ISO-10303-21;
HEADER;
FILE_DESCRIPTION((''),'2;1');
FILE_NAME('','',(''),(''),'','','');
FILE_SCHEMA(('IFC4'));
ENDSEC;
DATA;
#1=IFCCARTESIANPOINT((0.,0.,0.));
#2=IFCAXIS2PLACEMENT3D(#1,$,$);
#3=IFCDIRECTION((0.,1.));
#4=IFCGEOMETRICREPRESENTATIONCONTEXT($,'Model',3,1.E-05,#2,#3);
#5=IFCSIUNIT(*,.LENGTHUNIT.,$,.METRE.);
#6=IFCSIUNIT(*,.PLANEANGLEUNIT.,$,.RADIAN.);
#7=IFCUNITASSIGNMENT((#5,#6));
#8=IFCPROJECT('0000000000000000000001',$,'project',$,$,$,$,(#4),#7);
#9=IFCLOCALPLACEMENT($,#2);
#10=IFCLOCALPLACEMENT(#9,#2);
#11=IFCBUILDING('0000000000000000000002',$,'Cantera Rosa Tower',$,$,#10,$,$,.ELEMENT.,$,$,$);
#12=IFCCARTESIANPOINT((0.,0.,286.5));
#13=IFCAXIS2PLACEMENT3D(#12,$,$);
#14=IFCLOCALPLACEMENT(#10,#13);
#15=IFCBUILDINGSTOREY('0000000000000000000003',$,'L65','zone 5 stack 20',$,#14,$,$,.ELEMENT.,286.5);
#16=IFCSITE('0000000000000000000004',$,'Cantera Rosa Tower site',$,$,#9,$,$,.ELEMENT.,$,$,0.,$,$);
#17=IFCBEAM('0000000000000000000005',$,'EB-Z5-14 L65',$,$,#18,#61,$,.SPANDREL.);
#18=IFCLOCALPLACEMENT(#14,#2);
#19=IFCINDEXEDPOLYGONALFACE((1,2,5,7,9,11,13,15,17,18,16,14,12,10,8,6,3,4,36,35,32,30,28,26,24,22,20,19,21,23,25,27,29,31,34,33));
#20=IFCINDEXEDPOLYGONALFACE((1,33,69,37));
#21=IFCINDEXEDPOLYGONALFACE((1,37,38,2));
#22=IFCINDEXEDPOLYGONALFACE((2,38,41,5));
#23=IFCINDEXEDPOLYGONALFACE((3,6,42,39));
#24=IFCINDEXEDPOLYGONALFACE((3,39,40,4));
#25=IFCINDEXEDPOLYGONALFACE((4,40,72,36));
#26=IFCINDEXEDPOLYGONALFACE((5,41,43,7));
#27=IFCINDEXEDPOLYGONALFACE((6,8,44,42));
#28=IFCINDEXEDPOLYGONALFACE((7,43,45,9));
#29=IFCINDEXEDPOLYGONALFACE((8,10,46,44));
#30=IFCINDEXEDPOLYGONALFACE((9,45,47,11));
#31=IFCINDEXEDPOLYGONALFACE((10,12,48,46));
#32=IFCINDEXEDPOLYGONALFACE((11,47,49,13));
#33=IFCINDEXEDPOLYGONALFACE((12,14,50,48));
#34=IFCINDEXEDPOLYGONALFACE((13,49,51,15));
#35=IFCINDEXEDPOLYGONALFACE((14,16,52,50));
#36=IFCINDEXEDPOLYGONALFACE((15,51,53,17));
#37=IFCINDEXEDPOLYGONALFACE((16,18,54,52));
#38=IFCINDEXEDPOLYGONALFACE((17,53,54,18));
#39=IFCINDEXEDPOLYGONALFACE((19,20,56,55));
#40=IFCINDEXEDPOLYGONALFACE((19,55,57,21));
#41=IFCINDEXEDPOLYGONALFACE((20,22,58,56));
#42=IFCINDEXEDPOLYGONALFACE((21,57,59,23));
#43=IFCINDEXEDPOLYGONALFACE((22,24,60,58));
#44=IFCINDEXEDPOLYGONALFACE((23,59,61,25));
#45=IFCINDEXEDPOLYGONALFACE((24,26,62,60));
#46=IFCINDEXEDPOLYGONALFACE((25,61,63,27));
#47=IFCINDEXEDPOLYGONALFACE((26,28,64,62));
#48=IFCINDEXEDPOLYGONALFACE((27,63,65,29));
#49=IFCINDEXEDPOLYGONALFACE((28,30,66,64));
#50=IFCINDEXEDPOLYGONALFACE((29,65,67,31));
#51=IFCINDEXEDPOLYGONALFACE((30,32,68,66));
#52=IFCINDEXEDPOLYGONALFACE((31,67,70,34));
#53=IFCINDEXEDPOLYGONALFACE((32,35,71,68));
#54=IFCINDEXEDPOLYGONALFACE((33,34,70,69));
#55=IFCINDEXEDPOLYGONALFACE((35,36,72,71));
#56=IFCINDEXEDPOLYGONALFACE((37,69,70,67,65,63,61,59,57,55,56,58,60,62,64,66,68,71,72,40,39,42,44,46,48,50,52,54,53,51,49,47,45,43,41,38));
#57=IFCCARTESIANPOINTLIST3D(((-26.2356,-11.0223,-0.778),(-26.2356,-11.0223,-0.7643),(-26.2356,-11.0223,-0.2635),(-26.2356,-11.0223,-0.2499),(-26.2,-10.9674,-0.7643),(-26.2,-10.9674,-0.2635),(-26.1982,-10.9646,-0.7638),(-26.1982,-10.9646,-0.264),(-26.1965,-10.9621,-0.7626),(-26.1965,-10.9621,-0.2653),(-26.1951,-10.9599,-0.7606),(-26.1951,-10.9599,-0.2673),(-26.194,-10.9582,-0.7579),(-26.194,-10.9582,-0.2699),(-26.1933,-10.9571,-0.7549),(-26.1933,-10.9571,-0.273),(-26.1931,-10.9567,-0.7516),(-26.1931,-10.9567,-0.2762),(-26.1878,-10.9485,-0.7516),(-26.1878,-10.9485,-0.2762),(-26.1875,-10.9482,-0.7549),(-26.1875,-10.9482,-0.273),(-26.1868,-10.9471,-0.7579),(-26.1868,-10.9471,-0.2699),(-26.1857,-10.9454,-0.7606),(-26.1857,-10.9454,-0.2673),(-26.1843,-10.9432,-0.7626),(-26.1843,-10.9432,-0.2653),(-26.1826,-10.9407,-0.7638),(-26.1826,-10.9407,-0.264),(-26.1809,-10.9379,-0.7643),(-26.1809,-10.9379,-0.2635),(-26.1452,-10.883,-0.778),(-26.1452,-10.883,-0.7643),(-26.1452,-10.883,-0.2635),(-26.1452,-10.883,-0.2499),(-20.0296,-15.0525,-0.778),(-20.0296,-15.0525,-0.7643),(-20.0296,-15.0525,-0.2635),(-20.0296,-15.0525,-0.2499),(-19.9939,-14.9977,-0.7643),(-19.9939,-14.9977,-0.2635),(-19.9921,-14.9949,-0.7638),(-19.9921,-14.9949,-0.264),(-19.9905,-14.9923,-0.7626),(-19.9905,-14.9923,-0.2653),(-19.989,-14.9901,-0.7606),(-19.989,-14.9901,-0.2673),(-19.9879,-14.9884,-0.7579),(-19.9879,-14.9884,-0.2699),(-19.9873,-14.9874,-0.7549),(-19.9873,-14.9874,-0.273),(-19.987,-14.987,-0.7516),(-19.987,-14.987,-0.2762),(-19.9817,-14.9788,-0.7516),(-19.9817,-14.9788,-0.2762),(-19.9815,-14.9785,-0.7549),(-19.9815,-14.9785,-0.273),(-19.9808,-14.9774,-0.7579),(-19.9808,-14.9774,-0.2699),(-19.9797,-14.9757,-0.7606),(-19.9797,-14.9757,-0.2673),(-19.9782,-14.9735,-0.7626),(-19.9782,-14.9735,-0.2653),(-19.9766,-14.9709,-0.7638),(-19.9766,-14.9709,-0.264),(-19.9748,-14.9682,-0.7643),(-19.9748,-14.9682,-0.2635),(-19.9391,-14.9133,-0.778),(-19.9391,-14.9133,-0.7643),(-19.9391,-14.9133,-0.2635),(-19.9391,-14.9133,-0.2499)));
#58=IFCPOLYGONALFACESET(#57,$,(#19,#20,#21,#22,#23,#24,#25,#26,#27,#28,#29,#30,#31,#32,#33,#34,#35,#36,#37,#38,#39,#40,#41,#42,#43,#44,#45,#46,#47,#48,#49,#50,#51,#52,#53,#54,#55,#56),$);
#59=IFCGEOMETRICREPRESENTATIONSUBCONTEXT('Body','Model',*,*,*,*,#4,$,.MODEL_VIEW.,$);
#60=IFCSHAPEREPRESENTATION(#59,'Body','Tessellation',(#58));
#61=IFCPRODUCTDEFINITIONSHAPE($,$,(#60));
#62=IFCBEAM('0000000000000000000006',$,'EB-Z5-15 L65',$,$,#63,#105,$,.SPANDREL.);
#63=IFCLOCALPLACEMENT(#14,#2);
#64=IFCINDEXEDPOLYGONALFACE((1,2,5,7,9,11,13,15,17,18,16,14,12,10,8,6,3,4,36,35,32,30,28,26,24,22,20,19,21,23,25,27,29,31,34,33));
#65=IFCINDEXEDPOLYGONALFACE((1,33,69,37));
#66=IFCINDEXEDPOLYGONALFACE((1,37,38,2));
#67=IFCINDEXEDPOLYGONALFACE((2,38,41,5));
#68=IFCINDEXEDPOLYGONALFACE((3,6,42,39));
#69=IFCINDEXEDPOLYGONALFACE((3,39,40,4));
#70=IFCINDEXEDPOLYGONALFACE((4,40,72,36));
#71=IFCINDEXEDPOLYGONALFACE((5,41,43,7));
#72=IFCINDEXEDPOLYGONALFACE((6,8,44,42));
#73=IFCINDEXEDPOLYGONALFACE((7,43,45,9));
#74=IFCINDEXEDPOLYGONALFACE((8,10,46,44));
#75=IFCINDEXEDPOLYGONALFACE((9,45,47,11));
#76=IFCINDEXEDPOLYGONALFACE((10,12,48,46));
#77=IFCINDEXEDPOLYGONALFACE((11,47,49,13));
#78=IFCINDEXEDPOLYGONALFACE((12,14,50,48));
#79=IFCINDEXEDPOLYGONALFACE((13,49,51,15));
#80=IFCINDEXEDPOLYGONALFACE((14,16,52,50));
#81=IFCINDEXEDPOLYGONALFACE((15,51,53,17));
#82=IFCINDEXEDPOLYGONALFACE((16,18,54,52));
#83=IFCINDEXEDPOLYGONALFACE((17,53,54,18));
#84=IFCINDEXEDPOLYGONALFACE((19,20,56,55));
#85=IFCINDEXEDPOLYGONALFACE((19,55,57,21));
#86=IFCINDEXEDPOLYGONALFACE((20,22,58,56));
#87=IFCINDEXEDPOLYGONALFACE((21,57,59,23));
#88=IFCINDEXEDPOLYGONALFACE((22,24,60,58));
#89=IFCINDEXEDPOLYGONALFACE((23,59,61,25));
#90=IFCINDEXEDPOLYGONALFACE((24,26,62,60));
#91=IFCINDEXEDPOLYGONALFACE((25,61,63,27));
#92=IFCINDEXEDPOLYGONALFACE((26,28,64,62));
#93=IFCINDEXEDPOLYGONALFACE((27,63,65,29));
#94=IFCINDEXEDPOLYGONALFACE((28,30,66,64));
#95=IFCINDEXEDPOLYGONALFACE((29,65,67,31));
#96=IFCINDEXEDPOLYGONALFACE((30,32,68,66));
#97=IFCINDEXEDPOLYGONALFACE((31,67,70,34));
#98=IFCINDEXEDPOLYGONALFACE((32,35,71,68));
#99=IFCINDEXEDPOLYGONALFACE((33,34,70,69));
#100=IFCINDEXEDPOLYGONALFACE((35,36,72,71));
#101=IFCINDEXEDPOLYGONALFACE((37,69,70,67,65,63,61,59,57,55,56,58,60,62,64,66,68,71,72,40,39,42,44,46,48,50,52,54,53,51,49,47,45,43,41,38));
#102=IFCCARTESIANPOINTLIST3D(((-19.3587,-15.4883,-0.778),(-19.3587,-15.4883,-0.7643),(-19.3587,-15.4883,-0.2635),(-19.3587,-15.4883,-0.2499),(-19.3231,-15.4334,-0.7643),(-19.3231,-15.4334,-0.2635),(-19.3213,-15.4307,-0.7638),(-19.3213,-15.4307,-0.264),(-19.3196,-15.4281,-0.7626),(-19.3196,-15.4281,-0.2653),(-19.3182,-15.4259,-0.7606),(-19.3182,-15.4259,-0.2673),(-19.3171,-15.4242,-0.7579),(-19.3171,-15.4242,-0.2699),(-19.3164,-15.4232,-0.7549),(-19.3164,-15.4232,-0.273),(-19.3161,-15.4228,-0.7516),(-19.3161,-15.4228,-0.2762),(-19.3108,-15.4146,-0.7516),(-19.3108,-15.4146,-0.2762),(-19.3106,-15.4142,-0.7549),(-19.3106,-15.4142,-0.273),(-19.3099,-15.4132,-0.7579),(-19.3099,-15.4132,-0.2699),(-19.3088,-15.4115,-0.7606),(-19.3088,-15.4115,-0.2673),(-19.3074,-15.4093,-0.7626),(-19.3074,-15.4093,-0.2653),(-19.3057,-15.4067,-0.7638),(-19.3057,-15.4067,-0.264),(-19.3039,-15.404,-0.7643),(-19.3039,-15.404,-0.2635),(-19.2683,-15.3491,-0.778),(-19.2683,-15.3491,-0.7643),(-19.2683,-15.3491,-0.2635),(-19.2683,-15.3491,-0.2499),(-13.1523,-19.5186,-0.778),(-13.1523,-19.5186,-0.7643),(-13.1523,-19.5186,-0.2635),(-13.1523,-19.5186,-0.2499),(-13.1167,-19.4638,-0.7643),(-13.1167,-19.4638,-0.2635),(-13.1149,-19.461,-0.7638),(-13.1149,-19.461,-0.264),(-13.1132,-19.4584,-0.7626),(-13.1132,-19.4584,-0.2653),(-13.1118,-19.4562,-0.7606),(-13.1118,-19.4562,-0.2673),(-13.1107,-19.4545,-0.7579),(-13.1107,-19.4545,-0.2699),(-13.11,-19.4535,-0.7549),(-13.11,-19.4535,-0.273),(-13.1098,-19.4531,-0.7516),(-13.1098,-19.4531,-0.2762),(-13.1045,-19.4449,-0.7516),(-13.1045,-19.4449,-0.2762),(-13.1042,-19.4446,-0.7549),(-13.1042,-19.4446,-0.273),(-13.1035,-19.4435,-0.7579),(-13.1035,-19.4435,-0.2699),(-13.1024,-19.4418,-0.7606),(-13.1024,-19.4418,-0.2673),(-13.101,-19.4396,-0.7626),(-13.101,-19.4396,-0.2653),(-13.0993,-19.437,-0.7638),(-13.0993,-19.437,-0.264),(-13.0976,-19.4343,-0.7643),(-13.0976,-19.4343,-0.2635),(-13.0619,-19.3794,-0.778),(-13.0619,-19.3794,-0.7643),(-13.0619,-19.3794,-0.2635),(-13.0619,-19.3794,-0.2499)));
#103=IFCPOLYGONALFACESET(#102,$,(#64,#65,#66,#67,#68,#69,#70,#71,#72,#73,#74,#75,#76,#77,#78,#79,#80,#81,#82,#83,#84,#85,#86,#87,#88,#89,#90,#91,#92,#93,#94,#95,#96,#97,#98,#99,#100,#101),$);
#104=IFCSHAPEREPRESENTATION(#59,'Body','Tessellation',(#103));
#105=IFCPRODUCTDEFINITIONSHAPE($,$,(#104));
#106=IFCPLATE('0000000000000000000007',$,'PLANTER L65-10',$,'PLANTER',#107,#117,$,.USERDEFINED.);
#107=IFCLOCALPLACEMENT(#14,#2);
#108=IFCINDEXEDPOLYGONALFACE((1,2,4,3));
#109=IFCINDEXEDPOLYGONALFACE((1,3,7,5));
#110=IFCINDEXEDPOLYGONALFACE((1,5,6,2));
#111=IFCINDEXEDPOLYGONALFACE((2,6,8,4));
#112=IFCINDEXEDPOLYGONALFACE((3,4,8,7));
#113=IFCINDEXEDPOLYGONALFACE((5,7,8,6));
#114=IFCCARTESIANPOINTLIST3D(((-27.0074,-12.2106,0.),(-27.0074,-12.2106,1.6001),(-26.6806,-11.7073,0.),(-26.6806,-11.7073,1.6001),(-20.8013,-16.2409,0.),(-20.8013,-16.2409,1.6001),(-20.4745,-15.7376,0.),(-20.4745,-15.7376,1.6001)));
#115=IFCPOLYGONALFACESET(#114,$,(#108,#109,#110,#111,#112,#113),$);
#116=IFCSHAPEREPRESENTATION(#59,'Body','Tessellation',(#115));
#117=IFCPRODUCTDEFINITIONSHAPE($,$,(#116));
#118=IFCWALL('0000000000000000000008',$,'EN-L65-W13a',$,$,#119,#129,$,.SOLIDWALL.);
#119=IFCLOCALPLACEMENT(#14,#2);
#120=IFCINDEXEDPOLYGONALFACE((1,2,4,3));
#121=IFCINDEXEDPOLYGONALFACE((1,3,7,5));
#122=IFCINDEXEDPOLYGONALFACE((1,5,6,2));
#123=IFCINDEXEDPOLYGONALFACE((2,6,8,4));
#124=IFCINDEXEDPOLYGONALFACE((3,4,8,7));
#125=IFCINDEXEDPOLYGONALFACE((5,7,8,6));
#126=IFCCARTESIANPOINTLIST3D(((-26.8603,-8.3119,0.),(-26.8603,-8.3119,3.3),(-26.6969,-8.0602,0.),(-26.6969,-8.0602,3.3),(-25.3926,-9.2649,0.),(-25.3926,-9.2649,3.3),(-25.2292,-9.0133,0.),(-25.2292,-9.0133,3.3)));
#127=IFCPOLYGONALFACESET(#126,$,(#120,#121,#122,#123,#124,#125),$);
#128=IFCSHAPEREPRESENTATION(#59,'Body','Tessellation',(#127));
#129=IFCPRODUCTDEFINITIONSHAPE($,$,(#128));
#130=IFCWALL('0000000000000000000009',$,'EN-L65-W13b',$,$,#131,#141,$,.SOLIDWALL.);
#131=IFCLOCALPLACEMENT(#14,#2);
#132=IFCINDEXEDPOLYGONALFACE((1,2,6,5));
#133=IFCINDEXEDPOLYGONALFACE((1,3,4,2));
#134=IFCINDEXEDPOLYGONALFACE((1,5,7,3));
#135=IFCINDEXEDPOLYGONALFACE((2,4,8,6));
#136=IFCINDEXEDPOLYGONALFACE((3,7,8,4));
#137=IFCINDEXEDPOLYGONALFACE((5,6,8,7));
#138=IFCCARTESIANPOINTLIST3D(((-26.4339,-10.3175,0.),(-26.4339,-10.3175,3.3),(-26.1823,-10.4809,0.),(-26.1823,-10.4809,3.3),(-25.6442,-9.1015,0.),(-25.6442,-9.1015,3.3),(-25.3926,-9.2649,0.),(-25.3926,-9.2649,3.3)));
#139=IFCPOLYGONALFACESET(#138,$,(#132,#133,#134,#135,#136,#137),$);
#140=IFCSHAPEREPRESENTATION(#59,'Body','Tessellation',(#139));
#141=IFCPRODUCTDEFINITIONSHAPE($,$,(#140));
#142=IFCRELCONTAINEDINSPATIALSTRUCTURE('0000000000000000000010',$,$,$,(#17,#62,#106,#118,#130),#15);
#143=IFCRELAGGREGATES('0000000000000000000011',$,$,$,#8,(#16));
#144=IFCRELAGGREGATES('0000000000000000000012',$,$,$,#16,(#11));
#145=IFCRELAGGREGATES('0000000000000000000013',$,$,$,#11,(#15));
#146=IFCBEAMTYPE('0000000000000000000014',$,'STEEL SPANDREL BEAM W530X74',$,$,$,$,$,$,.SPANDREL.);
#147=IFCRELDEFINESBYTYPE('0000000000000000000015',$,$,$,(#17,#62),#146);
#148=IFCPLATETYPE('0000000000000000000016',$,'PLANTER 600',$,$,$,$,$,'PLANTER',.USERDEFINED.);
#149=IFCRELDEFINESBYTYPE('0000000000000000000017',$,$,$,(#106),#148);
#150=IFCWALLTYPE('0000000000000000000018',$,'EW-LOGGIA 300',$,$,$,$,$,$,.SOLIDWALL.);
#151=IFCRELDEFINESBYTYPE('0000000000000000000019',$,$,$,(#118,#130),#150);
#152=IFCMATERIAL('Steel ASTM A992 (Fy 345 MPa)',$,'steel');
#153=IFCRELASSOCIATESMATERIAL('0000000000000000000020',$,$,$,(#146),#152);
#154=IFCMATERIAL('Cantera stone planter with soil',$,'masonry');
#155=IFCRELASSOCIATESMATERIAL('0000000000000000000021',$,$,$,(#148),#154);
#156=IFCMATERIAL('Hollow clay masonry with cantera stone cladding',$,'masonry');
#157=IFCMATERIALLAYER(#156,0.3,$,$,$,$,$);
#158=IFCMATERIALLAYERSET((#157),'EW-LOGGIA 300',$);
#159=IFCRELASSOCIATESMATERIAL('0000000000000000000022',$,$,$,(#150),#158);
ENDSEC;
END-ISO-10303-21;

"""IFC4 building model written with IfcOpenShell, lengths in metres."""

from ifc_helpers import new_model, si_unit, direction, frame, frame_2d, origin, origin_2d, place, context, subcontext, project, spatial, rectangle, i_section, extrude, material, layer, layer_set, material_profile, profile_set, type_object, element, save


model = new_model("IFC4")

# Units and contexts
model_context = context("Model", 3, precision=1e-05, world=origin(), true_north=direction((0.0, 1.0)))
body_context = subcontext(model_context, "Body", "Model", "MODEL_VIEW")
ifc_project = project(units=[si_unit("LENGTHUNIT", "METRE"), si_unit("PLANEANGLEUNIT", "RADIAN")], contexts=[model_context])

# Site, building, storey
site_placement = place(None, origin())
site = spatial("IfcSite", under=ifc_project, at=site_placement, Name="Cantera Rosa Tower site", CompositionType="ELEMENT", RefElevation=0.0)
building_placement = place(site_placement, origin())
building = spatial("IfcBuilding", under=site, at=building_placement, Name="Cantera Rosa Tower", CompositionType="ELEMENT")
storey_placement = place(building_placement, frame((0.0, 0.0, 286.5)))
storey = spatial("IfcBuildingStorey", under=building, at=storey_placement, Name="L65", Description="zone 5 stack 20", CompositionType="ELEMENT", Elevation=286.5)

# Beams
ifc_material_1 = material(Name="Steel ASTM A992 (Fy 345 MPa)", Category="steel")
ifc_material_profile_1 = material_profile(ifc_material_1, i_section(OverallWidth=0.166, OverallDepth=0.5281, WebThickness=0.0098, FlangeThickness=0.0137, FilletRadius=0.0127, at=origin_2d()), Name="W530X74")
ifc_profile_set_1 = profile_set([ifc_material_profile_1], Name="Steel ASTM A992 (Fy 345 MPa)")
beam_type_1 = type_object("IfcBeamType", Name="STEEL SPANDREL BEAM W530X74", PredefinedType="SPANDREL", material=ifc_profile_set_1)
beam_1_placement = place(storey_placement, frame((-26.1904, -10.9526, -0.5139), z_axis=(0.83867, -0.54464, 0.0), x_axis=(0.54464, 0.83867, 0.0)))
element("IfcBeam", 1, at=beam_1_placement, inside=storey, type_object=beam_type_1, Name="EB-Z5-14 L65", PredefinedType="SPANDREL", context=body_context, shape_type="SweptSolid", body=[
    extrude(i_section(OverallWidth=0.166, OverallDepth=0.5281, WebThickness=0.0098, FlangeThickness=0.0137, FilletRadius=0.0127, at=origin_2d()), origin(), (0.0, 0.0, 1.0), 7.3999),
])
beam_2_placement = place(storey_placement, frame((-19.3135, -15.4187, -0.5139), z_axis=(0.838679, -0.544625, 0.0), x_axis=(0.544625, 0.838679, 0.0)))
element("IfcBeam", 2, at=beam_2_placement, inside=storey, type_object=beam_type_1, Name="EB-Z5-15 L65", PredefinedType="SPANDREL", context=body_context, shape_type="SweptSolid", body=[
    extrude(i_section(OverallWidth=0.166, OverallDepth=0.5281, WebThickness=0.0098, FlangeThickness=0.0137, FilletRadius=0.0127, at=origin_2d()), origin(), (0.0, 0.0, 1.0), 7.4001),
])

# Plate
ifc_material_2 = material(Name="Cantera stone planter with soil", Category="masonry")
plate_type = type_object("IfcPlateType", Name="PLANTER 600", ElementType="PLANTER", PredefinedType="USERDEFINED", material=ifc_material_2)
plate_placement = place(storey_placement, frame((-23.741, -13.9741, 0.0), z_axis=(0.0, 0.0, 1.0), x_axis=(0.838671, -0.544639, 0.0)))
element("IfcPlate", 3, at=plate_placement, inside=storey, type_object=plate_type, Name="PLANTER L65-10", ObjectType="PLANTER", PredefinedType="USERDEFINED", context=body_context, shape_type="SweptSolid", body=[
    extrude(rectangle(XDim=7.3999, YDim=0.6001, at=origin_2d()), origin(), (0.0, 0.0, 1.0), 1.6001),
])

# Walls
ifc_material_3 = material(Name="Hollow clay masonry with cantera stone cladding", Category="masonry")
ifc_layer_1 = layer(ifc_material_3, 0.3)
ifc_layer_set_1 = layer_set([ifc_layer_1], Name="EW-LOGGIA 300")
wall_type_1 = type_object("IfcWallType", Name="EW-LOGGIA 300", PredefinedType="SOLIDWALL", material=ifc_layer_set_1)
wall_1_placement = place(storey_placement, frame((-26.7786, -8.186, 0.0), z_axis=(0.0, 0.0, 1.0), x_axis=(0.838686, -0.544616, 0.0)))
element("IfcWall", 4, at=wall_1_placement, inside=storey, type_object=wall_type_1, Name="EN-L65-W13a", PredefinedType="SOLIDWALL", context=body_context, shape_type="SweptSolid", body=[
    extrude(rectangle(XDim=1.75, YDim=0.3, at=frame_2d((0.875, 0.0))), origin(), (0.0, 0.0, 1.0), 3.3),
])
wall_2_placement = place(storey_placement, frame((-25.5183, -9.1831, 0.0), z_axis=(0.0, 0.0, 1.0), x_axis=(-0.544675, -0.838647, 0.0)))
element("IfcWall", 5, at=wall_2_placement, inside=storey, type_object=wall_type_1, Name="EN-L65-W13b", PredefinedType="SOLIDWALL", context=body_context, shape_type="SweptSolid", body=[
    extrude(rectangle(XDim=1.45, YDim=0.3, at=frame_2d((0.7251, 0.0))), origin(), (0.0, 0.0, 1.0), 3.3),
])

save(model, "model.ifc")
